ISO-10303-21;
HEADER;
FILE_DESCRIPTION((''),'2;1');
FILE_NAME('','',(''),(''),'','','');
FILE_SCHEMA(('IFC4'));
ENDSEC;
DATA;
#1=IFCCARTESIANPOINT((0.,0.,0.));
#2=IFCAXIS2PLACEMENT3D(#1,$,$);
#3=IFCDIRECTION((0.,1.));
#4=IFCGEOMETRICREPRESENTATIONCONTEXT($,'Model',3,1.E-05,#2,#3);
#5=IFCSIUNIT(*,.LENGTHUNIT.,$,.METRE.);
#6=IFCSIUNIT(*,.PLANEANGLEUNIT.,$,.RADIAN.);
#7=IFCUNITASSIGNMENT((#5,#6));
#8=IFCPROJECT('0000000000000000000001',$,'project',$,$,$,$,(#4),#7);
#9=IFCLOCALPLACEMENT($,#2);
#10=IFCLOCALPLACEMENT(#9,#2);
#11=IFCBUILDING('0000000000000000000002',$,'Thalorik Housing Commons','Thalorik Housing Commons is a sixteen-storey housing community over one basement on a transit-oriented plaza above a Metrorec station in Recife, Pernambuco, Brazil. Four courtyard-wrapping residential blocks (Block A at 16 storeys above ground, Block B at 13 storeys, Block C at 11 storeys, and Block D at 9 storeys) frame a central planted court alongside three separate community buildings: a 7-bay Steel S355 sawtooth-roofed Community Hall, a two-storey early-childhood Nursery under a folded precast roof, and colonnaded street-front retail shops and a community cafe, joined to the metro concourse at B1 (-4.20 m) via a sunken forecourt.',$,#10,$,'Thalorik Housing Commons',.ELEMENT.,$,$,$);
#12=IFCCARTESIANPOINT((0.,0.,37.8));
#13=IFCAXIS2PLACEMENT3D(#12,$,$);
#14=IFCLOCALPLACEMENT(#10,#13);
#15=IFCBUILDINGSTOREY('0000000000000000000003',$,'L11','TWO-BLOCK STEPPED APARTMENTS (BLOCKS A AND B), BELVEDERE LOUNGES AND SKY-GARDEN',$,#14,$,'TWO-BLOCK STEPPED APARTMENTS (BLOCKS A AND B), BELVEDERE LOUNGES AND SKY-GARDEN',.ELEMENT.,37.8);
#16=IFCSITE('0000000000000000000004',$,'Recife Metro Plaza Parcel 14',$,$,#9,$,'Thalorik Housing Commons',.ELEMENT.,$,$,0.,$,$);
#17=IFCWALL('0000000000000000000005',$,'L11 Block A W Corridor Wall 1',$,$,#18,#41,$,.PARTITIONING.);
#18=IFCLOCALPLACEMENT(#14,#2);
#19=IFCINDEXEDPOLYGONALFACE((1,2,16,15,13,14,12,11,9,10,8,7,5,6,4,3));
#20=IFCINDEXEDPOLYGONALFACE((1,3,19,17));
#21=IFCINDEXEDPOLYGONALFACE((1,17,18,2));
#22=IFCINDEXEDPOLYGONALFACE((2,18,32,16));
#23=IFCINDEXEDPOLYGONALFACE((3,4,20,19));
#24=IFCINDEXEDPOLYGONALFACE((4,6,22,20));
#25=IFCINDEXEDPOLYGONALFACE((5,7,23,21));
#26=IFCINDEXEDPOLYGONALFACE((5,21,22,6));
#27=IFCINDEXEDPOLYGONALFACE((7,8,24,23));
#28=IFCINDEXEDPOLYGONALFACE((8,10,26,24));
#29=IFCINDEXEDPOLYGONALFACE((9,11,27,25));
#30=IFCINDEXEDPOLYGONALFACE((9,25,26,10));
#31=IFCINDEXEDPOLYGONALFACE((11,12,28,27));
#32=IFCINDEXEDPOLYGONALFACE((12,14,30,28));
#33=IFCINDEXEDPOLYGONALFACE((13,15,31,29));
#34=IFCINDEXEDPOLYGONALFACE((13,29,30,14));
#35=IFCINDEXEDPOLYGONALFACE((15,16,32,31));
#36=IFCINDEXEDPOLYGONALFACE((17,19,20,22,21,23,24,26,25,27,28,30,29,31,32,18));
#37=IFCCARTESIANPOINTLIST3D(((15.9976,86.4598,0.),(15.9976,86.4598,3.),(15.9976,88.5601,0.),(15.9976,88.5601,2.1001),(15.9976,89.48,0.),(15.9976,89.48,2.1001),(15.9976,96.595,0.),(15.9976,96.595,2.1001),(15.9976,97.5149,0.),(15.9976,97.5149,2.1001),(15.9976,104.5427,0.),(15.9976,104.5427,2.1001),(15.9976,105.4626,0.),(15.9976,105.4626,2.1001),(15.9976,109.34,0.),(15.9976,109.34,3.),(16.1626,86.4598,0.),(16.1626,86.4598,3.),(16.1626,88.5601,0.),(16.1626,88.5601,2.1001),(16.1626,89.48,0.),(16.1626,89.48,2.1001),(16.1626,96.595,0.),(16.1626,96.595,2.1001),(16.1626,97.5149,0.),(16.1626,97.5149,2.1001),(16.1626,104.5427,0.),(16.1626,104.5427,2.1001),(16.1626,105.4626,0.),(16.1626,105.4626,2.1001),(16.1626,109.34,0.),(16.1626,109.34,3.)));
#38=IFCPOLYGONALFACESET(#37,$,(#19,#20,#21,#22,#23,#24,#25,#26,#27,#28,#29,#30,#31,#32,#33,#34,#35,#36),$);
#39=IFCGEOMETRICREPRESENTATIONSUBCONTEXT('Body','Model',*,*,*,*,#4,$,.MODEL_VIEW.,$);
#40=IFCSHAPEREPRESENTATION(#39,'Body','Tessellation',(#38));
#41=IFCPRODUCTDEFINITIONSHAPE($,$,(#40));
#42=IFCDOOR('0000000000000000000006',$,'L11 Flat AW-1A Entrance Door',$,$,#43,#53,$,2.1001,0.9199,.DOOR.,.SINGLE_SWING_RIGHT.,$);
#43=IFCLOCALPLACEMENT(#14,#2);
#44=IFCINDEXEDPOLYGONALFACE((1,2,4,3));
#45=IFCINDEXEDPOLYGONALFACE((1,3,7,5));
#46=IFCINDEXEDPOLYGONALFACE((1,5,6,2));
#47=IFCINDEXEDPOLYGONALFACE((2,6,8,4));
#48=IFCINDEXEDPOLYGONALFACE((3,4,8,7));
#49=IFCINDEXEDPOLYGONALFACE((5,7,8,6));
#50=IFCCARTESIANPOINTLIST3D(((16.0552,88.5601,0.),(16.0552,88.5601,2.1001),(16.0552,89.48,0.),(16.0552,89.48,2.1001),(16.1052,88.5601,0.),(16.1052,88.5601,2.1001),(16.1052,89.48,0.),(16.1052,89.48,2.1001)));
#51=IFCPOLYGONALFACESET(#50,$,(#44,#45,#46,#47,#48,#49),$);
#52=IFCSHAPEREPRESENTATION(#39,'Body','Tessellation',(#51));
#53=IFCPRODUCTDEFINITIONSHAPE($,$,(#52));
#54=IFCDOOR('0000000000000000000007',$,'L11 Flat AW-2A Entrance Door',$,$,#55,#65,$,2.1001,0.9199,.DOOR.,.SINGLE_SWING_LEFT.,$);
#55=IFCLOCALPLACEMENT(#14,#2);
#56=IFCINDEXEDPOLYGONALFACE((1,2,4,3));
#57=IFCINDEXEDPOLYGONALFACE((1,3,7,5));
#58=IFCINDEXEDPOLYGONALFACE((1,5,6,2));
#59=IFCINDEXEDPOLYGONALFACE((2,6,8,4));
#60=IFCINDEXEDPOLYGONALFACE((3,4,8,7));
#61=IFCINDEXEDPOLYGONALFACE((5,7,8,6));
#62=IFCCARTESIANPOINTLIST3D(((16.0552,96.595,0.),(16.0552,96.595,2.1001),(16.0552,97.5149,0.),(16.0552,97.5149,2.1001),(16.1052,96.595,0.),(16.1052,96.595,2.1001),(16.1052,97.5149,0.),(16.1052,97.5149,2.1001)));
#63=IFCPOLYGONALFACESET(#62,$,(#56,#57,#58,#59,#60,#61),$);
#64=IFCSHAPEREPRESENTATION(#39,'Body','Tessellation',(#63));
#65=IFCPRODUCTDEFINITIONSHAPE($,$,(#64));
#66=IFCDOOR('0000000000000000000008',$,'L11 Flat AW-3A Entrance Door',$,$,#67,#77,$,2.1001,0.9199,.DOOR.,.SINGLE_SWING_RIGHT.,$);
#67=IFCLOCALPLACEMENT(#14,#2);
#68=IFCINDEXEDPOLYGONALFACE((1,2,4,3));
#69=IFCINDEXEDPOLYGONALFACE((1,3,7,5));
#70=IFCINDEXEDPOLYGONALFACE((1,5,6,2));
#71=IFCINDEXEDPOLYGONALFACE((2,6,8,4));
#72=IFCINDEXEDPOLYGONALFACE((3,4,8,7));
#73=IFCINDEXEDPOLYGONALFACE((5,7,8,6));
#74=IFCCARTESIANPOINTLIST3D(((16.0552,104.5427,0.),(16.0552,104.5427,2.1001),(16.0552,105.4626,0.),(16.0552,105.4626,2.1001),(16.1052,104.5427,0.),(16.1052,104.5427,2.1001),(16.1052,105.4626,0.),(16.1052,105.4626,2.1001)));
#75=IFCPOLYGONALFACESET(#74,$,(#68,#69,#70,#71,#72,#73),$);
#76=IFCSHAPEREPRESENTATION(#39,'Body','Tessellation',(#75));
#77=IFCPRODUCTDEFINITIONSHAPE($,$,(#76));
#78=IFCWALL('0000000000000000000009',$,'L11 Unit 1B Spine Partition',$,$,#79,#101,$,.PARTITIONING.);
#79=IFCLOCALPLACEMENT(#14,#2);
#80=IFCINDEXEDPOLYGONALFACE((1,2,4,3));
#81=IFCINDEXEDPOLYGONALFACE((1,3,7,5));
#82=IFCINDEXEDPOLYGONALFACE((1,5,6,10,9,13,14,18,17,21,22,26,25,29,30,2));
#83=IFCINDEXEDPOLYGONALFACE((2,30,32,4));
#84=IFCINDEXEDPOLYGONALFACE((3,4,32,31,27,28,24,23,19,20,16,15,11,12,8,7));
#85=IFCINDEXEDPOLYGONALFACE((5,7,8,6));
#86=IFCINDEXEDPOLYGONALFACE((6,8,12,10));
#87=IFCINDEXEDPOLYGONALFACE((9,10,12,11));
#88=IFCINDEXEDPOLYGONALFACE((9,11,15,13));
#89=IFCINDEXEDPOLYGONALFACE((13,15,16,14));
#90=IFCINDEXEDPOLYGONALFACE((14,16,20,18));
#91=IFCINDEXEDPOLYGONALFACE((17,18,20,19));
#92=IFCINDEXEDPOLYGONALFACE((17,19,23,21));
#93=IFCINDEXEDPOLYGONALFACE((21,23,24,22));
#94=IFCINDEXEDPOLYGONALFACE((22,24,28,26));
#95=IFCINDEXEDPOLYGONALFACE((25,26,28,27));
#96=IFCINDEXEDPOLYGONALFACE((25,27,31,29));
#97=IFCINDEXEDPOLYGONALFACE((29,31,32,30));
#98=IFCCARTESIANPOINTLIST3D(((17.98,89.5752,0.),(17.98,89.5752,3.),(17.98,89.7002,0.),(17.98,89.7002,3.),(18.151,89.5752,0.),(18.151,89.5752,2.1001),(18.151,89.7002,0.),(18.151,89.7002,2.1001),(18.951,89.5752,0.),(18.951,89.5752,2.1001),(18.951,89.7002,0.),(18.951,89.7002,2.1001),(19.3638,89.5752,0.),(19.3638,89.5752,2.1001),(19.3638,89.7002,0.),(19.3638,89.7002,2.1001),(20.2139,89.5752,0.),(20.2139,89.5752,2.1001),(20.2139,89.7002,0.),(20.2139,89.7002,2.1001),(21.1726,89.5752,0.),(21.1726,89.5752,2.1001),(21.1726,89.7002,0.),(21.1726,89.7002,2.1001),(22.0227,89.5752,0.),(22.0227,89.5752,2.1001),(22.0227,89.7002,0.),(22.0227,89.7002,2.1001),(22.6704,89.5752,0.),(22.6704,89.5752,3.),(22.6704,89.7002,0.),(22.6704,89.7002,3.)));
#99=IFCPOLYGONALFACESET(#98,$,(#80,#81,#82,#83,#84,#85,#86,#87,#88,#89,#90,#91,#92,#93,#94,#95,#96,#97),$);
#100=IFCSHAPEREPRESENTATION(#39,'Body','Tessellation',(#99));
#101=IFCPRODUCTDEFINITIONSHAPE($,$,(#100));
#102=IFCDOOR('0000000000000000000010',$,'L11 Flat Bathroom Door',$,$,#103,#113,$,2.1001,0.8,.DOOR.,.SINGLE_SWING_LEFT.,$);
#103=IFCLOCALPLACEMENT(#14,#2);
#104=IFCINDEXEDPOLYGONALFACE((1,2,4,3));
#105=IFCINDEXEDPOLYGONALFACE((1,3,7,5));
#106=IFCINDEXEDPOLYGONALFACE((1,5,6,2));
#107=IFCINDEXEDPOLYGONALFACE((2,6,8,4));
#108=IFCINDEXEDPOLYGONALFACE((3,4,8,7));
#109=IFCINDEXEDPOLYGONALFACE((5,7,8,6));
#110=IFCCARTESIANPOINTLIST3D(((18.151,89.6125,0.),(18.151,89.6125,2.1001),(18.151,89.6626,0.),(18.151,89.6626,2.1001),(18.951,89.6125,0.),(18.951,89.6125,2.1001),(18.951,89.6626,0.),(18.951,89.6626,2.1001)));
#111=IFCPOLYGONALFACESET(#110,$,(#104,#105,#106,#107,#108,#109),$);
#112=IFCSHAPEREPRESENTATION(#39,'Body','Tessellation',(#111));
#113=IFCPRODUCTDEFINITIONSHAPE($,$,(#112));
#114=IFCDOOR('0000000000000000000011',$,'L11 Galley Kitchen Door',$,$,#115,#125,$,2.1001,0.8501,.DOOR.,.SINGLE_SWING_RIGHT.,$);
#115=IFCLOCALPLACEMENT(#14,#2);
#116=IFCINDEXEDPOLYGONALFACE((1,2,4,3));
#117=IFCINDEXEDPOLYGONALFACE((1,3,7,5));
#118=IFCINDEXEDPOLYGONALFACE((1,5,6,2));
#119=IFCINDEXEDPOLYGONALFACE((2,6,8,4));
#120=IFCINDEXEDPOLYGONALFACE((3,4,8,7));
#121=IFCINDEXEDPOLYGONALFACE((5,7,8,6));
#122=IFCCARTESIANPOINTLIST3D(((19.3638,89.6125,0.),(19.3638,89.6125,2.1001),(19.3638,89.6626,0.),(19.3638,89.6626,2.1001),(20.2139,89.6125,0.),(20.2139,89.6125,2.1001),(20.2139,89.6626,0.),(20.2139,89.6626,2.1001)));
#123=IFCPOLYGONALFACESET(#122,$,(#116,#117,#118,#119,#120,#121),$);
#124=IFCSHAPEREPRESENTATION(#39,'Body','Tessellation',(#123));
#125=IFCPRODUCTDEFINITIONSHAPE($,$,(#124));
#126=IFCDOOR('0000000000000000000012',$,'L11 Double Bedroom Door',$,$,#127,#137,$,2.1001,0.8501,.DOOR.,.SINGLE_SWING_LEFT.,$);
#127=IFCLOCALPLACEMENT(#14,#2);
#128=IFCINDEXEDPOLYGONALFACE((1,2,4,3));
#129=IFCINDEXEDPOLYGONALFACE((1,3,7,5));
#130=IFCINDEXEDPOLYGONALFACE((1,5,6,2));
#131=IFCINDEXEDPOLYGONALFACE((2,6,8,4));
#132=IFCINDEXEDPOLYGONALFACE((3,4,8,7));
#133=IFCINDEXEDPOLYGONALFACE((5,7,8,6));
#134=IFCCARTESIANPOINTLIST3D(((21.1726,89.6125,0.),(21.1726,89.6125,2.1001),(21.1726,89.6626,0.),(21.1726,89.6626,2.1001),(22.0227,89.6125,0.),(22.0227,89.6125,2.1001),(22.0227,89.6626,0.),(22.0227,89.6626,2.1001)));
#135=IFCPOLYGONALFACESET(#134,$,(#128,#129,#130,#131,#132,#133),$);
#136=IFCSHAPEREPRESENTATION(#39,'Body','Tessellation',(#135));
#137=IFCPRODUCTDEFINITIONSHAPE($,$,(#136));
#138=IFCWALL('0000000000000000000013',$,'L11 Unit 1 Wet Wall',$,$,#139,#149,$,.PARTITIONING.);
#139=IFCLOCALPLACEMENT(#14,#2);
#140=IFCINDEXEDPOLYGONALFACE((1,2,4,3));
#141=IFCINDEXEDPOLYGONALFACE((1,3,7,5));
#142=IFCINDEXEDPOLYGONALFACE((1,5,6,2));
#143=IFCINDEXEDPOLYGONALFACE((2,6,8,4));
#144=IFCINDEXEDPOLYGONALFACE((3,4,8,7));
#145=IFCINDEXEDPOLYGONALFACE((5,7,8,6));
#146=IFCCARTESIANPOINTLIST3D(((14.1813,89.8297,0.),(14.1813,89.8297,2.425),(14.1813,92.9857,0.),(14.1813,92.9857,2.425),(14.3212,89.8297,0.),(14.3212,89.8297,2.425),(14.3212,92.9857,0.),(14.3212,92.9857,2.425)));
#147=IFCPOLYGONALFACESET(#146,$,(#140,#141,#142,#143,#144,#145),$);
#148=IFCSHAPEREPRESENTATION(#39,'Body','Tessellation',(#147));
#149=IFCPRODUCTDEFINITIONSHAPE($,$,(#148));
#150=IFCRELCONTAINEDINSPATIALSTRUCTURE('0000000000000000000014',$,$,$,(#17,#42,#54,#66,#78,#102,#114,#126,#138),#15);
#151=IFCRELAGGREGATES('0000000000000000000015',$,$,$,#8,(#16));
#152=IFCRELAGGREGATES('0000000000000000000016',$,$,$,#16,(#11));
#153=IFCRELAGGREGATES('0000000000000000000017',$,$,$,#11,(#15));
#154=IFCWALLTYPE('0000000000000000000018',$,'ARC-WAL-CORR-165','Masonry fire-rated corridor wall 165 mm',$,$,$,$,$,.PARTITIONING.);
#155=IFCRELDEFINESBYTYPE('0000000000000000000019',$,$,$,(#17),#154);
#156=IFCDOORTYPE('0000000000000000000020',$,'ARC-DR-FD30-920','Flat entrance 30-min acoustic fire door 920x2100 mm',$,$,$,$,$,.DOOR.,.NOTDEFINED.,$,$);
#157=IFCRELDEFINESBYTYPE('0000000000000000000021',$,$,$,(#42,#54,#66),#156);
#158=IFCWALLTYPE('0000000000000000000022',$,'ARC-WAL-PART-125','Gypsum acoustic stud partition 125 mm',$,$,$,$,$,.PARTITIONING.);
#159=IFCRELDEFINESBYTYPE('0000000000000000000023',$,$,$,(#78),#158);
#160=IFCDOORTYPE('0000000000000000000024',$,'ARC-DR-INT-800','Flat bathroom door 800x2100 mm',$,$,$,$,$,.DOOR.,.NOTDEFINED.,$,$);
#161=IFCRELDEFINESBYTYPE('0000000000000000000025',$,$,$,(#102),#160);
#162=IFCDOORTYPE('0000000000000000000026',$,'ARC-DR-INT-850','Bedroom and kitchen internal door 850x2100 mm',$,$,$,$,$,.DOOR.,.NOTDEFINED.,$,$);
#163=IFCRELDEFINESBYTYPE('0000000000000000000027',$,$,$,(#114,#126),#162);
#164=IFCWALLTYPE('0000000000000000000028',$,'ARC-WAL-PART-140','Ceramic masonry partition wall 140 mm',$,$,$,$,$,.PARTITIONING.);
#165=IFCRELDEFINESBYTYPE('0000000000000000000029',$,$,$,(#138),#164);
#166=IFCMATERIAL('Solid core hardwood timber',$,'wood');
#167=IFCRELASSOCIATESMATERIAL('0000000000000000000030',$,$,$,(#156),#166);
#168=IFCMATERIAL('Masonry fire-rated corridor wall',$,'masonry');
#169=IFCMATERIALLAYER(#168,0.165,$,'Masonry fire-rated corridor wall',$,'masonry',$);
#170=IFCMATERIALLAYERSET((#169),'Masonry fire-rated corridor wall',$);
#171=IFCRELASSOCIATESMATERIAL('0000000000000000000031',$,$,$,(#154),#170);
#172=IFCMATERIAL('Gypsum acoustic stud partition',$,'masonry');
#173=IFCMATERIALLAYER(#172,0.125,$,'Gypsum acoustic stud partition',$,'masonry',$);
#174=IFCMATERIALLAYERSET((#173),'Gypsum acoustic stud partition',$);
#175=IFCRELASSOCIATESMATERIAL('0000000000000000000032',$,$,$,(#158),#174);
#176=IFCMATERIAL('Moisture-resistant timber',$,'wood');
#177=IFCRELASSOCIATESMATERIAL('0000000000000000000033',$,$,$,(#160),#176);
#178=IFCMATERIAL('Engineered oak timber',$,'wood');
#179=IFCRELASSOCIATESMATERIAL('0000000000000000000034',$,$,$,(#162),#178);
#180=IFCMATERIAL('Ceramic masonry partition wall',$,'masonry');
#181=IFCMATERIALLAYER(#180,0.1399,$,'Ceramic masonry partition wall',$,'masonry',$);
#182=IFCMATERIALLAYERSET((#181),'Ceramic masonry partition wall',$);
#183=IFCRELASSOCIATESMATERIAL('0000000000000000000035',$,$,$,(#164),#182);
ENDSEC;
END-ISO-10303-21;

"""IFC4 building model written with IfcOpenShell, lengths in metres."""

from ifc_helpers import new_model, si_unit, direction, frame, frame_2d, origin, place, context, subcontext, project, spatial, rectangle, extrude, material, layer, layer_set, type_object, element, fill, save


model = new_model("IFC4")

# Units and contexts
model_context = context("Model", 3, precision=1e-05, world=origin(), true_north=direction((0.0, 1.0)))
body_context = subcontext(model_context, "Body", "Model", "MODEL_VIEW")
ifc_project = project(units=[si_unit("LENGTHUNIT", "METRE"), si_unit("PLANEANGLEUNIT", "RADIAN")], contexts=[model_context])

# Site, building, storey
site_placement = place(None, origin())
site = spatial("IfcSite", under=ifc_project, at=site_placement, Name="Recife Metro Plaza Parcel 14", LongName="Thalorik Housing Commons", CompositionType="ELEMENT", RefElevation=0.0)
building_placement = place(site_placement, origin())
building = spatial("IfcBuilding", under=site, at=building_placement, Name="Thalorik Housing Commons", Description="Thalorik Housing Commons is a sixteen-storey housing community over one basement on a transit-oriented plaza above a Metrorec station in Recife, Pernambuco, Brazil. Four courtyard-wrapping residential blocks (Block A at 16 storeys above ground, Block B at 13 storeys, Block C at 11 storeys, and Block D at 9 storeys) frame a central planted court alongside three separate community buildings: a 7-bay Steel S355 sawtooth-roofed Community Hall, a two-storey early-childhood Nursery under a folded precast roof, and colonnaded street-front retail shops and a community cafe, joined to the metro concourse at B1 (-4.20 m) via a sunken forecourt.", LongName="Thalorik Housing Commons", CompositionType="ELEMENT")
storey_placement = place(building_placement, frame((0.0, 0.0, 37.8)))
storey = spatial("IfcBuildingStorey", under=building, at=storey_placement, Name="L11", Description="TWO-BLOCK STEPPED APARTMENTS (BLOCKS A AND B), BELVEDERE LOUNGES AND SKY-GARDEN", LongName="TWO-BLOCK STEPPED APARTMENTS (BLOCKS A AND B), BELVEDERE LOUNGES AND SKY-GARDEN", CompositionType="ELEMENT", Elevation=37.8)

# Walls, openings, doors
ifc_material_1 = material(Name="Masonry fire-rated corridor wall", Category="masonry")
ifc_material_2 = material(Name="Solid core hardwood timber", Category="wood")
door_type_1 = type_object("IfcDoorType", Name="ARC-DR-FD30-920", Description="Flat entrance 30-min acoustic fire door 920x2100 mm", OperationType="NOTDEFINED", PredefinedType="DOOR", material=ifc_material_2)
ifc_layer_1 = layer(ifc_material_1, 0.165, Name="Masonry fire-rated corridor wall", Category="masonry")
ifc_layer_set_1 = layer_set([ifc_layer_1], Name="Masonry fire-rated corridor wall")
wall_type_1 = type_object("IfcWallType", Name="ARC-WAL-CORR-165", Description="Masonry fire-rated corridor wall 165 mm", PredefinedType="PARTITIONING", material=ifc_layer_set_1)
wall_1_placement = place(storey_placement, frame((16.0801, 86.46, 0.0), z_axis=(0.0, 0.0, 1.0), x_axis=(0.0, 1.0, 0.0)))
wall_1 = element("IfcWall", 1, at=wall_1_placement, inside=storey, type_object=wall_type_1, Name="L11 Block A W Corridor Wall 1", PredefinedType="PARTITIONING", context=body_context, shape_type="SweptSolid", body=[
    extrude(rectangle(XDim=22.8801, YDim=0.165, at=frame_2d((11.4399, 0.0))), origin(), (0.0, 0.0, 1.0), 3.0),
])
opening_1_placement = place(wall_1_placement, frame((2.1001, 0.0, 0.0)))
opening_1 = element("IfcOpeningElement", 2, at=opening_1_placement, cuts=wall_1, PredefinedType="OPENING", context=body_context, shape_type="SweptSolid", body=[
    extrude(rectangle(XDim=0.9199, YDim=2.1001, at=frame_2d((0.46, 1.05))), frame((0.0, 0.0925, 0.0), z_axis=(0.0, -1.0, 0.0), x_axis=(1.0, 0.0, 0.0)), (0.0, 0.0, 1.0), 0.1851),
])
opening_2_placement = place(wall_1_placement, frame((10.135, 0.0, 0.0)))
opening_2 = element("IfcOpeningElement", 3, at=opening_2_placement, cuts=wall_1, PredefinedType="OPENING", context=body_context, shape_type="SweptSolid", body=[
    extrude(rectangle(XDim=0.9199, YDim=2.1001, at=frame_2d((0.46, 1.05))), frame((0.0, 0.0925, 0.0), z_axis=(0.0, -1.0, 0.0), x_axis=(1.0, 0.0, 0.0)), (0.0, 0.0, 1.0), 0.1851),
])
opening_3_placement = place(wall_1_placement, frame((18.0828, 0.0, 0.0)))
opening_3 = element("IfcOpeningElement", 4, at=opening_3_placement, cuts=wall_1, PredefinedType="OPENING", context=body_context, shape_type="SweptSolid", body=[
    extrude(rectangle(XDim=0.9199, YDim=2.1001, at=frame_2d((0.46, 1.05))), frame((0.0, 0.0925, 0.0), z_axis=(0.0, -1.0, 0.0), x_axis=(1.0, 0.0, 0.0)), (0.0, 0.0, 1.0), 0.1851),
])
door_1_placement = place(opening_1_placement, origin())
door_1 = element("IfcDoor", 5, at=door_1_placement, inside=storey, type_object=door_type_1, Name="L11 Flat AW-1A Entrance Door", OperationType="SINGLE_SWING_RIGHT", OverallHeight=2.1001, OverallWidth=0.9199, PredefinedType="DOOR", context=body_context, shape_type="SweptSolid", body=[
    extrude(rectangle(XDim=0.9199, YDim=2.1001, at=frame_2d((0.46, 1.05))), frame((0.0, 0.0249, 0.0), z_axis=(0.0, -1.0, 0.0), x_axis=(1.0, 0.0, 0.0)), (0.0, 0.0, 1.0), 0.05),
])
fill(opening_1, door_1)
door_2_placement = place(opening_2_placement, origin())
door_2 = element("IfcDoor", 6, at=door_2_placement, inside=storey, type_object=door_type_1, Name="L11 Flat AW-2A Entrance Door", OperationType="SINGLE_SWING_LEFT", OverallHeight=2.1001, OverallWidth=0.9199, PredefinedType="DOOR", context=body_context, shape_type="SweptSolid", body=[
    extrude(rectangle(XDim=0.9199, YDim=2.1001, at=frame_2d((0.46, 1.05))), frame((0.0, 0.0249, 0.0), z_axis=(0.0, -1.0, 0.0), x_axis=(1.0, 0.0, 0.0)), (0.0, 0.0, 1.0), 0.05),
])
fill(opening_2, door_2)
door_3_placement = place(opening_3_placement, origin())
door_3 = element("IfcDoor", 7, at=door_3_placement, inside=storey, type_object=door_type_1, Name="L11 Flat AW-3A Entrance Door", OperationType="SINGLE_SWING_RIGHT", OverallHeight=2.1001, OverallWidth=0.9199, PredefinedType="DOOR", context=body_context, shape_type="SweptSolid", body=[
    extrude(rectangle(XDim=0.9199, YDim=2.1001, at=frame_2d((0.46, 1.05))), frame((0.0, 0.0249, 0.0), z_axis=(0.0, -1.0, 0.0), x_axis=(1.0, 0.0, 0.0)), (0.0, 0.0, 1.0), 0.05),
])
fill(opening_3, door_3)
ifc_material_3 = material(Name="Gypsum acoustic stud partition", Category="masonry")
ifc_layer_2 = layer(ifc_material_3, 0.125, Name="Gypsum acoustic stud partition", Category="masonry")
ifc_layer_set_2 = layer_set([ifc_layer_2], Name="Gypsum acoustic stud partition")
wall_type_2 = type_object("IfcWallType", Name="ARC-WAL-PART-125", Description="Gypsum acoustic stud partition 125 mm", PredefinedType="PARTITIONING", material=ifc_layer_set_2)
wall_2_placement = place(storey_placement, frame((17.98, 89.6377, 0.0), z_axis=(0.0, 0.0, 1.0), x_axis=(1.0, 0.0, 0.0)))
wall_2 = element("IfcWall", 8, at=wall_2_placement, inside=storey, type_object=wall_type_2, Name="L11 Unit 1B Spine Partition", PredefinedType="PARTITIONING", context=body_context, shape_type="SweptSolid", body=[
    extrude(rectangle(XDim=4.6904, YDim=0.125, at=frame_2d((2.3452, 0.0))), origin(), (0.0, 0.0, 1.0), 3.0),
])
opening_4_placement = place(wall_2_placement, frame((0.1711, 0.0, 0.0)))
opening_4 = element("IfcOpeningElement", 9, at=opening_4_placement, cuts=wall_2, PredefinedType="OPENING", context=body_context, shape_type="SweptSolid", body=[
    extrude(rectangle(XDim=0.8, YDim=2.1001, at=frame_2d((0.3999, 1.05))), frame((0.0, 0.0725, 0.0), z_axis=(0.0, -1.0, 0.0), x_axis=(1.0, 0.0, 0.0)), (0.0, 0.0, 1.0), 0.145),
])
opening_5_placement = place(wall_2_placement, frame((1.3838, 0.0, 0.0)))
opening_5 = element("IfcOpeningElement", 10, at=opening_5_placement, cuts=wall_2, PredefinedType="OPENING", context=body_context, shape_type="SweptSolid", body=[
    extrude(rectangle(XDim=0.8501, YDim=2.1001, at=frame_2d((0.425, 1.05))), frame((0.0, 0.0725, 0.0), z_axis=(0.0, -1.0, 0.0), x_axis=(1.0, 0.0, 0.0)), (0.0, 0.0, 1.0), 0.145),
])
opening_6_placement = place(wall_2_placement, frame((3.1926, 0.0, 0.0)))
opening_6 = element("IfcOpeningElement", 11, at=opening_6_placement, cuts=wall_2, PredefinedType="OPENING", context=body_context, shape_type="SweptSolid", body=[
    extrude(rectangle(XDim=0.8501, YDim=2.1001, at=frame_2d((0.425, 1.05))), frame((0.0, 0.0725, 0.0), z_axis=(0.0, -1.0, 0.0), x_axis=(1.0, 0.0, 0.0)), (0.0, 0.0, 1.0), 0.145),
])
ifc_material_4 = material(Name="Moisture-resistant timber", Category="wood")
door_type_2 = type_object("IfcDoorType", Name="ARC-DR-INT-800", Description="Flat bathroom door 800x2100 mm", OperationType="NOTDEFINED", PredefinedType="DOOR", material=ifc_material_4)
door_4_placement = place(opening_4_placement, origin())
door_4 = element("IfcDoor", 12, at=door_4_placement, inside=storey, type_object=door_type_2, Name="L11 Flat Bathroom Door", OperationType="SINGLE_SWING_LEFT", OverallHeight=2.1001, OverallWidth=0.8, PredefinedType="DOOR", context=body_context, shape_type="SweptSolid", body=[
    extrude(rectangle(XDim=0.8, YDim=2.1001, at=frame_2d((0.3999, 1.05))), frame((0.0, 0.0249, 0.0), z_axis=(0.0, -1.0, 0.0), x_axis=(1.0, 0.0, 0.0)), (0.0, 0.0, 1.0), 0.05),
])
fill(opening_4, door_4)
ifc_material_5 = material(Name="Engineered oak timber", Category="wood")
door_type_3 = type_object("IfcDoorType", Name="ARC-DR-INT-850", Description="Bedroom and kitchen internal door 850x2100 mm", OperationType="NOTDEFINED", PredefinedType="DOOR", material=ifc_material_5)
door_5_placement = place(opening_5_placement, origin())
door_5 = element("IfcDoor", 13, at=door_5_placement, inside=storey, type_object=door_type_3, Name="L11 Galley Kitchen Door", OperationType="SINGLE_SWING_RIGHT", OverallHeight=2.1001, OverallWidth=0.8501, PredefinedType="DOOR", context=body_context, shape_type="SweptSolid", body=[
    extrude(rectangle(XDim=0.8501, YDim=2.1001, at=frame_2d((0.425, 1.05))), frame((0.0, 0.0249, 0.0), z_axis=(0.0, -1.0, 0.0), x_axis=(1.0, 0.0, 0.0)), (0.0, 0.0, 1.0), 0.05),
])
fill(opening_5, door_5)
door_6_placement = place(opening_6_placement, origin())
door_6 = element("IfcDoor", 14, at=door_6_placement, inside=storey, type_object=door_type_3, Name="L11 Double Bedroom Door", OperationType="SINGLE_SWING_LEFT", OverallHeight=2.1001, OverallWidth=0.8501, PredefinedType="DOOR", context=body_context, shape_type="SweptSolid", body=[
    extrude(rectangle(XDim=0.8501, YDim=2.1001, at=frame_2d((0.425, 1.05))), frame((0.0, 0.0249, 0.0), z_axis=(0.0, -1.0, 0.0), x_axis=(1.0, 0.0, 0.0)), (0.0, 0.0, 1.0), 0.05),
])
fill(opening_6, door_6)

# Wall
ifc_material_6 = material(Name="Ceramic masonry partition wall", Category="masonry")
ifc_layer_3 = layer(ifc_material_6, 0.1399, Name="Ceramic masonry partition wall", Category="masonry")
ifc_layer_set_3 = layer_set([ifc_layer_3], Name="Ceramic masonry partition wall")
wall_type_3 = type_object("IfcWallType", Name="ARC-WAL-PART-140", Description="Ceramic masonry partition wall 140 mm", PredefinedType="PARTITIONING", material=ifc_layer_set_3)
wall_3_placement = place(storey_placement, frame((14.2512, 89.8296, 0.0), z_axis=(0.0, 0.0, 1.0), x_axis=(0.0, 1.0, 0.0)))
element("IfcWall", 15, at=wall_3_placement, inside=storey, type_object=wall_type_3, Name="L11 Unit 1 Wet Wall", PredefinedType="PARTITIONING", context=body_context, shape_type="SweptSolid", body=[
    extrude(rectangle(XDim=3.156, YDim=0.1399, at=frame_2d((1.5781, 0.0))), origin(), (0.0, 0.0, 1.0), 2.425),
])

save(model, "model.ifc")
